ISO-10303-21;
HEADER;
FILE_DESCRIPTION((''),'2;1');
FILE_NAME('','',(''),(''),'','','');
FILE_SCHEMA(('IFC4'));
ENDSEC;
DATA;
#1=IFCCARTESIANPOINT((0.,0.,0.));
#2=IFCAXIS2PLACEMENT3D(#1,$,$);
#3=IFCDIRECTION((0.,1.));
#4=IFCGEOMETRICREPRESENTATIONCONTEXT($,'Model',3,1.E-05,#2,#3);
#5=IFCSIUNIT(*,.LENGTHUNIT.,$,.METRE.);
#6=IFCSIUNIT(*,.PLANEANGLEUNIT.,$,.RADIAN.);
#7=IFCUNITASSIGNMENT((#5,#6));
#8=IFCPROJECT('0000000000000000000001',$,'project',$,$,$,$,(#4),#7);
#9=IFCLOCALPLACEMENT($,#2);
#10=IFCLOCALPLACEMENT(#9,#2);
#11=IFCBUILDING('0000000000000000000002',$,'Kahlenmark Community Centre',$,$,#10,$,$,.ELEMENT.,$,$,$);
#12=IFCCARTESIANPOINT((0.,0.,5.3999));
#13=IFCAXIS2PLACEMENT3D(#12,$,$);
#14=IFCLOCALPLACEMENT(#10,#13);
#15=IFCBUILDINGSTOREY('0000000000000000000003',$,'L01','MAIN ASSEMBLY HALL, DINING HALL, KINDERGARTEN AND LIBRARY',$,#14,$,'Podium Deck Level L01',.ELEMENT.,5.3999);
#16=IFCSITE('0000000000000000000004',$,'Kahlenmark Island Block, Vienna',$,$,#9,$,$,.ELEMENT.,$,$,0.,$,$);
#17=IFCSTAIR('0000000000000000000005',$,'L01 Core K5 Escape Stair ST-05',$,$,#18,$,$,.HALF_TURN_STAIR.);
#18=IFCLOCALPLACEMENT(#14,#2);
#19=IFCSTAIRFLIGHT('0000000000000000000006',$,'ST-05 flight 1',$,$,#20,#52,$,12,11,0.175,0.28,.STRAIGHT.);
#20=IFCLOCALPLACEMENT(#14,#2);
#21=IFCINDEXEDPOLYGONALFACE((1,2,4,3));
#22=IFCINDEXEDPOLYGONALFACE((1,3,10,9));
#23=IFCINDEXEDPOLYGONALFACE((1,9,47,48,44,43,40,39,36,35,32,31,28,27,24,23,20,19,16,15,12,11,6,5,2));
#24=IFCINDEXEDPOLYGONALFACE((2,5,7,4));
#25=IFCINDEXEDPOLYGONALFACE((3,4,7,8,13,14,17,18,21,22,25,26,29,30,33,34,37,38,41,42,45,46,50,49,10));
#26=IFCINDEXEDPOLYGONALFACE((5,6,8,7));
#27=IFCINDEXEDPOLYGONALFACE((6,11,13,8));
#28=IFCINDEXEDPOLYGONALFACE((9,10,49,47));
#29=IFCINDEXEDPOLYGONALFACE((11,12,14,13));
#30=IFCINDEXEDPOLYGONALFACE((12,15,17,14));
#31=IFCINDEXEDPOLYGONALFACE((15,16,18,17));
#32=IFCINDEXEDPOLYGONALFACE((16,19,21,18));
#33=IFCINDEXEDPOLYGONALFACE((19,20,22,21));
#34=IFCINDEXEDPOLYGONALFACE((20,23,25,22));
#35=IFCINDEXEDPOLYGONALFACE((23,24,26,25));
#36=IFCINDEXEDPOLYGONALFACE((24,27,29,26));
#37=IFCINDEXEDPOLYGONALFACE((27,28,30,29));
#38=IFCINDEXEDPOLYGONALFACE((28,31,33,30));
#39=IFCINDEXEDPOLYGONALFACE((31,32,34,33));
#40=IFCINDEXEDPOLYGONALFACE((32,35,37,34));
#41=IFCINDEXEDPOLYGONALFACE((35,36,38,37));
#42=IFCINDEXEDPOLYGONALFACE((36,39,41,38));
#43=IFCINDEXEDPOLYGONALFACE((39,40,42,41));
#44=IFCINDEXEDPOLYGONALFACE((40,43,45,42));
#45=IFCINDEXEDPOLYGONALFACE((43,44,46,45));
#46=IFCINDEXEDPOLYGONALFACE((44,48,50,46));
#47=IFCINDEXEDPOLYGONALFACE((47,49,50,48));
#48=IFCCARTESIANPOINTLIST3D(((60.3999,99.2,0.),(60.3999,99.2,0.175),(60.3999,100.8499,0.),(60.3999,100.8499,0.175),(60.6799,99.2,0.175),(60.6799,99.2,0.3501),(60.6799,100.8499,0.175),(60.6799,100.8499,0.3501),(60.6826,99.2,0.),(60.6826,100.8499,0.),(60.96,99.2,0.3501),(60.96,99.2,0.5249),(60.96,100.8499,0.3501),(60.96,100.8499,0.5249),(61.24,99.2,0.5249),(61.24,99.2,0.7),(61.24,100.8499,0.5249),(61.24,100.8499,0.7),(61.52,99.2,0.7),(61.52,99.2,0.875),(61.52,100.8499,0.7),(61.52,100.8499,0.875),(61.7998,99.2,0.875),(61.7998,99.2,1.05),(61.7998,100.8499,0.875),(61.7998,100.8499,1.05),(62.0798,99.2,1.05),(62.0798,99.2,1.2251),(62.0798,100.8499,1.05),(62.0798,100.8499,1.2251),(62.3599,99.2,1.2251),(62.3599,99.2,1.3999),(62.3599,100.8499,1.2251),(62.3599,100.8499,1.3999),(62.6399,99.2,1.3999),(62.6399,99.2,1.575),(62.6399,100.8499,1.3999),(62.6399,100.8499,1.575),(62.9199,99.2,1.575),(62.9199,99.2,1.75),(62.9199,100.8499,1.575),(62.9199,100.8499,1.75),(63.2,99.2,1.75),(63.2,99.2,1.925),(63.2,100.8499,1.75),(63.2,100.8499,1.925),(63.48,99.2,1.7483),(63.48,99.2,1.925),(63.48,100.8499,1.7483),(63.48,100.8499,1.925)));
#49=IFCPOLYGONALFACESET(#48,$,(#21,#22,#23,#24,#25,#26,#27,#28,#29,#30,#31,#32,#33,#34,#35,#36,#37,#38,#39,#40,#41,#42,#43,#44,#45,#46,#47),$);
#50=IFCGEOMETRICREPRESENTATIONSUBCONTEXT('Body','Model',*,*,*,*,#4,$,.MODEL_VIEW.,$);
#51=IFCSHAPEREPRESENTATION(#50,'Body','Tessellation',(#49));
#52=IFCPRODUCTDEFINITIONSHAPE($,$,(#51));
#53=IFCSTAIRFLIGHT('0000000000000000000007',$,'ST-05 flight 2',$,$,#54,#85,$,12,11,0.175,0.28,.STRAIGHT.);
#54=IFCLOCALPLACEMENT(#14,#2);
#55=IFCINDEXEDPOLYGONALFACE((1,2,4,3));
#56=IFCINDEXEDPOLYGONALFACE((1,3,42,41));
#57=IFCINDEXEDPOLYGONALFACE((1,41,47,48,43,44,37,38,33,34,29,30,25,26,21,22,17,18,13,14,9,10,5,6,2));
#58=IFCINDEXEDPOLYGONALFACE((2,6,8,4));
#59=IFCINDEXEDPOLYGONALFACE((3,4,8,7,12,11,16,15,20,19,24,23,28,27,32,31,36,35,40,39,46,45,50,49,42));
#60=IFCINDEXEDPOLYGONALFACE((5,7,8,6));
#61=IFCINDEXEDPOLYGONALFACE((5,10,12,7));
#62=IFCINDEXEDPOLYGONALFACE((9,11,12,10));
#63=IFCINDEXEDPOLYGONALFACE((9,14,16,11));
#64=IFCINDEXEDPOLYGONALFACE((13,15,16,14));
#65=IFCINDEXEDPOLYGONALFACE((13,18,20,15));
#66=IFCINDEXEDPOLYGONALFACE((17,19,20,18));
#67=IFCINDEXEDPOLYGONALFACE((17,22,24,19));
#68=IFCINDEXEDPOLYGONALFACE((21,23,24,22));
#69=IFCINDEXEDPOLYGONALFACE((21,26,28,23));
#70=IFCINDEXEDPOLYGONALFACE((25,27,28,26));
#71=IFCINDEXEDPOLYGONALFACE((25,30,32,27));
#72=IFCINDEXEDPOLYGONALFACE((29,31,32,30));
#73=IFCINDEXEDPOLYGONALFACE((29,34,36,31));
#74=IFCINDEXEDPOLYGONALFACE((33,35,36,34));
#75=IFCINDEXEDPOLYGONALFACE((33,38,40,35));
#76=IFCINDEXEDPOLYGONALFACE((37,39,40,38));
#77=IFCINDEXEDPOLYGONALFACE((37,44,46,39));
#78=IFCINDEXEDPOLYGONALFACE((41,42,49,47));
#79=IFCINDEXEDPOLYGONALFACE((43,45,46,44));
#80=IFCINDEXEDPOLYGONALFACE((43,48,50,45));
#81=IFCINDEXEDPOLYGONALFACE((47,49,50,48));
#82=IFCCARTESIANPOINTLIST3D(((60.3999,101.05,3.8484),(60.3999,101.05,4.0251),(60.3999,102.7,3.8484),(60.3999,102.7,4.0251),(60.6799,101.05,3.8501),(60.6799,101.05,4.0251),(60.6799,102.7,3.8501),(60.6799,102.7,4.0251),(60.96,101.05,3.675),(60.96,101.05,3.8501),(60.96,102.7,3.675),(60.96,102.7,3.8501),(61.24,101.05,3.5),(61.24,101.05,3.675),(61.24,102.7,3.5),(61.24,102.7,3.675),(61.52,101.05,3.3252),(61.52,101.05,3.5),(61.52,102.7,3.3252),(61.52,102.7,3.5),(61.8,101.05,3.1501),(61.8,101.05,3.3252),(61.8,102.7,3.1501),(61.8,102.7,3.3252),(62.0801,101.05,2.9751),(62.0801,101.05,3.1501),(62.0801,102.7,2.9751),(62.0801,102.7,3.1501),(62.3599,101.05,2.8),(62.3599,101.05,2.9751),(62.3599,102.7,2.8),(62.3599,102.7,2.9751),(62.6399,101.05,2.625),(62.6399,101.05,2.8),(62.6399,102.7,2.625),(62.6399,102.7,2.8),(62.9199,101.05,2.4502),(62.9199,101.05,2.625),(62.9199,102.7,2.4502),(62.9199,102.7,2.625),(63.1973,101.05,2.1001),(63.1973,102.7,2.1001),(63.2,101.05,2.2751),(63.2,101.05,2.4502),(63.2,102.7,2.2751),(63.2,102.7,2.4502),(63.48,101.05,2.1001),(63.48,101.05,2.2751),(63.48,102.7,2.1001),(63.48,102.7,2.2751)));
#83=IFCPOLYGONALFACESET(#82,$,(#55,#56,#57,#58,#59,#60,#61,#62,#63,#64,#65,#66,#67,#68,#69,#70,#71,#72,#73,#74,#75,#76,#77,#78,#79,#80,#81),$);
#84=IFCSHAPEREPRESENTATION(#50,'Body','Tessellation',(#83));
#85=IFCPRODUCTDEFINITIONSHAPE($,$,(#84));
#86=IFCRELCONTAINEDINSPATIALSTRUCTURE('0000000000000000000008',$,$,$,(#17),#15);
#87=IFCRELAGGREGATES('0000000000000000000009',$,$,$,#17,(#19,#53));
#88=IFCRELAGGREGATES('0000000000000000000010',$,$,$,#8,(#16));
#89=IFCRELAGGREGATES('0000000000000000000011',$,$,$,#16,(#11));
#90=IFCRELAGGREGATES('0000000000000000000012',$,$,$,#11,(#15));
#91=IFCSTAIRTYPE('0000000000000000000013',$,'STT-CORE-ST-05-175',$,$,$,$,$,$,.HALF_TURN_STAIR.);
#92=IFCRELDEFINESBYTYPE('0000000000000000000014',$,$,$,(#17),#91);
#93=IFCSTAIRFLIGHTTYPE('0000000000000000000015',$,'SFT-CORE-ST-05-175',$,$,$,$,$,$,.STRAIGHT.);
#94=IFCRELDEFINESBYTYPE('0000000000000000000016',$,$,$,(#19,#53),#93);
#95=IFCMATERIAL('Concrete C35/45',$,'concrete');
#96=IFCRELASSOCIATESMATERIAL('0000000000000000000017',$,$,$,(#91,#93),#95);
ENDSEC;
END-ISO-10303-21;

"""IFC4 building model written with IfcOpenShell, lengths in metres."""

from ifc_helpers import new_model, si_unit, direction, frame, origin, place, context, subcontext, project, spatial, polyline, outline, extrude, material, type_object, element, aggregate, save


model = new_model("IFC4")

# Units and contexts
model_context = context("Model", 3, precision=1e-05, world=origin(), true_north=direction((0.0, 1.0)))
body_context = subcontext(model_context, "Body", "Model", "MODEL_VIEW")
ifc_project = project(units=[si_unit("LENGTHUNIT", "METRE"), si_unit("PLANEANGLEUNIT", "RADIAN")], contexts=[model_context])

# Site, building, storey
site_placement = place(None, origin())
site = spatial("IfcSite", under=ifc_project, at=site_placement, Name="Kahlenmark Island Block, Vienna", CompositionType="ELEMENT", RefElevation=0.0)
building_placement = place(site_placement, origin())
building = spatial("IfcBuilding", under=site, at=building_placement, Name="Kahlenmark Community Centre", CompositionType="ELEMENT")
storey_placement = place(building_placement, frame((0.0, 0.0, 5.3999)))
storey = spatial("IfcBuildingStorey", under=building, at=storey_placement, Name="L01", Description="MAIN ASSEMBLY HALL, DINING HALL, KINDERGARTEN AND LIBRARY", LongName="Podium Deck Level L01", CompositionType="ELEMENT", Elevation=5.3999)

# Shared definitions
ifc_material_1 = material(Name="Concrete C35/45", Category="concrete")

# Stair, stair flights
stair_type = type_object("IfcStairType", Name="STT-CORE-ST-05-175", PredefinedType="HALF_TURN_STAIR", material=ifc_material_1)
stair_placement = place(storey_placement, origin())
stair = element("IfcStair", 1, at=stair_placement, inside=storey, type_object=stair_type, Name="L01 Core K5 Escape Stair ST-05", PredefinedType="HALF_TURN_STAIR")
stair_flight_type = type_object("IfcStairFlightType", Name="SFT-CORE-ST-05-175", PredefinedType="STRAIGHT", material=ifc_material_1)
stair_flight_1_placement = place(storey_placement, frame((60.3999, 100.0249, 0.0), z_axis=(0.0, 0.0, 1.0), x_axis=(1.0, 0.0, 0.0)))
stair_flight_1 = element("IfcStairFlight", 2, at=stair_flight_1_placement, type_object=stair_flight_type, Name="ST-05 flight 1", NumberOfRisers=12, NumberOfTreads=11, PredefinedType="STRAIGHT", RiserHeight=0.175, TreadLength=0.28, context=body_context, shape_type="SweptSolid", body=[
    extrude(outline(polyline([(0.0, 0.0), (0.0, 0.175), (0.28, 0.175), (0.28, 0.3501), (0.5601, 0.3501), (0.5601, 0.5249), (0.8401, 0.5249), (0.8401, 0.7), (1.1201, 0.7), (1.1201, 0.875), (1.3999, 0.875), (1.3999, 1.05), (1.6799, 1.05), (1.6799, 1.2251), (1.96, 1.2251), (1.96, 1.3999), (2.24, 1.3999), (2.24, 1.575), (2.52, 1.575), (2.52, 1.75), (2.8, 1.75), (2.8, 1.925), (3.0801, 1.925), (3.0801, 2.1001), (3.0801, 1.7483), (0.2827, 0.0), (0.0, 0.0)])), frame((0.0, 0.825, 0.0), z_axis=(0.0, -1.0, 0.0), x_axis=(1.0, 0.0, 0.0)), (0.0, 0.0, 1.0), 1.6499),
])
stair_flight_2_placement = place(storey_placement, frame((63.48, 101.875, 2.1001), z_axis=(0.0, 0.0, 1.0), x_axis=(-1.0, 0.0, 0.0)))
stair_flight_2 = element("IfcStairFlight", 3, at=stair_flight_2_placement, type_object=stair_flight_type, Name="ST-05 flight 2", NumberOfRisers=12, NumberOfTreads=11, PredefinedType="STRAIGHT", RiserHeight=0.175, TreadLength=0.28, context=body_context, shape_type="SweptSolid", body=[
    extrude(outline(polyline([(0.0, 0.0), (0.0, 0.175), (0.28, 0.175), (0.28, 0.3501), (0.5601, 0.3501), (0.5601, 0.5249), (0.8401, 0.5249), (0.8401, 0.7), (1.1201, 0.7), (1.1201, 0.875), (1.3999, 0.875), (1.3999, 1.05), (1.6799, 1.05), (1.6799, 1.2251), (1.96, 1.2251), (1.96, 1.3999), (2.24, 1.3999), (2.24, 1.575), (2.52, 1.575), (2.52, 1.75), (2.8, 1.75), (2.8, 1.925), (3.0801, 1.925), (3.0801, 2.1001), (3.0801, 1.7483), (0.2827, 0.0), (0.0, 0.0)])), frame((0.0, 0.825, 0.0), z_axis=(0.0, -1.0, 0.0), x_axis=(1.0, 0.0, 0.0)), (0.0, 0.0, 1.0), 1.6499),
])
aggregate(stair, [stair_flight_1, stair_flight_2])

save(model, "model.ifc")
